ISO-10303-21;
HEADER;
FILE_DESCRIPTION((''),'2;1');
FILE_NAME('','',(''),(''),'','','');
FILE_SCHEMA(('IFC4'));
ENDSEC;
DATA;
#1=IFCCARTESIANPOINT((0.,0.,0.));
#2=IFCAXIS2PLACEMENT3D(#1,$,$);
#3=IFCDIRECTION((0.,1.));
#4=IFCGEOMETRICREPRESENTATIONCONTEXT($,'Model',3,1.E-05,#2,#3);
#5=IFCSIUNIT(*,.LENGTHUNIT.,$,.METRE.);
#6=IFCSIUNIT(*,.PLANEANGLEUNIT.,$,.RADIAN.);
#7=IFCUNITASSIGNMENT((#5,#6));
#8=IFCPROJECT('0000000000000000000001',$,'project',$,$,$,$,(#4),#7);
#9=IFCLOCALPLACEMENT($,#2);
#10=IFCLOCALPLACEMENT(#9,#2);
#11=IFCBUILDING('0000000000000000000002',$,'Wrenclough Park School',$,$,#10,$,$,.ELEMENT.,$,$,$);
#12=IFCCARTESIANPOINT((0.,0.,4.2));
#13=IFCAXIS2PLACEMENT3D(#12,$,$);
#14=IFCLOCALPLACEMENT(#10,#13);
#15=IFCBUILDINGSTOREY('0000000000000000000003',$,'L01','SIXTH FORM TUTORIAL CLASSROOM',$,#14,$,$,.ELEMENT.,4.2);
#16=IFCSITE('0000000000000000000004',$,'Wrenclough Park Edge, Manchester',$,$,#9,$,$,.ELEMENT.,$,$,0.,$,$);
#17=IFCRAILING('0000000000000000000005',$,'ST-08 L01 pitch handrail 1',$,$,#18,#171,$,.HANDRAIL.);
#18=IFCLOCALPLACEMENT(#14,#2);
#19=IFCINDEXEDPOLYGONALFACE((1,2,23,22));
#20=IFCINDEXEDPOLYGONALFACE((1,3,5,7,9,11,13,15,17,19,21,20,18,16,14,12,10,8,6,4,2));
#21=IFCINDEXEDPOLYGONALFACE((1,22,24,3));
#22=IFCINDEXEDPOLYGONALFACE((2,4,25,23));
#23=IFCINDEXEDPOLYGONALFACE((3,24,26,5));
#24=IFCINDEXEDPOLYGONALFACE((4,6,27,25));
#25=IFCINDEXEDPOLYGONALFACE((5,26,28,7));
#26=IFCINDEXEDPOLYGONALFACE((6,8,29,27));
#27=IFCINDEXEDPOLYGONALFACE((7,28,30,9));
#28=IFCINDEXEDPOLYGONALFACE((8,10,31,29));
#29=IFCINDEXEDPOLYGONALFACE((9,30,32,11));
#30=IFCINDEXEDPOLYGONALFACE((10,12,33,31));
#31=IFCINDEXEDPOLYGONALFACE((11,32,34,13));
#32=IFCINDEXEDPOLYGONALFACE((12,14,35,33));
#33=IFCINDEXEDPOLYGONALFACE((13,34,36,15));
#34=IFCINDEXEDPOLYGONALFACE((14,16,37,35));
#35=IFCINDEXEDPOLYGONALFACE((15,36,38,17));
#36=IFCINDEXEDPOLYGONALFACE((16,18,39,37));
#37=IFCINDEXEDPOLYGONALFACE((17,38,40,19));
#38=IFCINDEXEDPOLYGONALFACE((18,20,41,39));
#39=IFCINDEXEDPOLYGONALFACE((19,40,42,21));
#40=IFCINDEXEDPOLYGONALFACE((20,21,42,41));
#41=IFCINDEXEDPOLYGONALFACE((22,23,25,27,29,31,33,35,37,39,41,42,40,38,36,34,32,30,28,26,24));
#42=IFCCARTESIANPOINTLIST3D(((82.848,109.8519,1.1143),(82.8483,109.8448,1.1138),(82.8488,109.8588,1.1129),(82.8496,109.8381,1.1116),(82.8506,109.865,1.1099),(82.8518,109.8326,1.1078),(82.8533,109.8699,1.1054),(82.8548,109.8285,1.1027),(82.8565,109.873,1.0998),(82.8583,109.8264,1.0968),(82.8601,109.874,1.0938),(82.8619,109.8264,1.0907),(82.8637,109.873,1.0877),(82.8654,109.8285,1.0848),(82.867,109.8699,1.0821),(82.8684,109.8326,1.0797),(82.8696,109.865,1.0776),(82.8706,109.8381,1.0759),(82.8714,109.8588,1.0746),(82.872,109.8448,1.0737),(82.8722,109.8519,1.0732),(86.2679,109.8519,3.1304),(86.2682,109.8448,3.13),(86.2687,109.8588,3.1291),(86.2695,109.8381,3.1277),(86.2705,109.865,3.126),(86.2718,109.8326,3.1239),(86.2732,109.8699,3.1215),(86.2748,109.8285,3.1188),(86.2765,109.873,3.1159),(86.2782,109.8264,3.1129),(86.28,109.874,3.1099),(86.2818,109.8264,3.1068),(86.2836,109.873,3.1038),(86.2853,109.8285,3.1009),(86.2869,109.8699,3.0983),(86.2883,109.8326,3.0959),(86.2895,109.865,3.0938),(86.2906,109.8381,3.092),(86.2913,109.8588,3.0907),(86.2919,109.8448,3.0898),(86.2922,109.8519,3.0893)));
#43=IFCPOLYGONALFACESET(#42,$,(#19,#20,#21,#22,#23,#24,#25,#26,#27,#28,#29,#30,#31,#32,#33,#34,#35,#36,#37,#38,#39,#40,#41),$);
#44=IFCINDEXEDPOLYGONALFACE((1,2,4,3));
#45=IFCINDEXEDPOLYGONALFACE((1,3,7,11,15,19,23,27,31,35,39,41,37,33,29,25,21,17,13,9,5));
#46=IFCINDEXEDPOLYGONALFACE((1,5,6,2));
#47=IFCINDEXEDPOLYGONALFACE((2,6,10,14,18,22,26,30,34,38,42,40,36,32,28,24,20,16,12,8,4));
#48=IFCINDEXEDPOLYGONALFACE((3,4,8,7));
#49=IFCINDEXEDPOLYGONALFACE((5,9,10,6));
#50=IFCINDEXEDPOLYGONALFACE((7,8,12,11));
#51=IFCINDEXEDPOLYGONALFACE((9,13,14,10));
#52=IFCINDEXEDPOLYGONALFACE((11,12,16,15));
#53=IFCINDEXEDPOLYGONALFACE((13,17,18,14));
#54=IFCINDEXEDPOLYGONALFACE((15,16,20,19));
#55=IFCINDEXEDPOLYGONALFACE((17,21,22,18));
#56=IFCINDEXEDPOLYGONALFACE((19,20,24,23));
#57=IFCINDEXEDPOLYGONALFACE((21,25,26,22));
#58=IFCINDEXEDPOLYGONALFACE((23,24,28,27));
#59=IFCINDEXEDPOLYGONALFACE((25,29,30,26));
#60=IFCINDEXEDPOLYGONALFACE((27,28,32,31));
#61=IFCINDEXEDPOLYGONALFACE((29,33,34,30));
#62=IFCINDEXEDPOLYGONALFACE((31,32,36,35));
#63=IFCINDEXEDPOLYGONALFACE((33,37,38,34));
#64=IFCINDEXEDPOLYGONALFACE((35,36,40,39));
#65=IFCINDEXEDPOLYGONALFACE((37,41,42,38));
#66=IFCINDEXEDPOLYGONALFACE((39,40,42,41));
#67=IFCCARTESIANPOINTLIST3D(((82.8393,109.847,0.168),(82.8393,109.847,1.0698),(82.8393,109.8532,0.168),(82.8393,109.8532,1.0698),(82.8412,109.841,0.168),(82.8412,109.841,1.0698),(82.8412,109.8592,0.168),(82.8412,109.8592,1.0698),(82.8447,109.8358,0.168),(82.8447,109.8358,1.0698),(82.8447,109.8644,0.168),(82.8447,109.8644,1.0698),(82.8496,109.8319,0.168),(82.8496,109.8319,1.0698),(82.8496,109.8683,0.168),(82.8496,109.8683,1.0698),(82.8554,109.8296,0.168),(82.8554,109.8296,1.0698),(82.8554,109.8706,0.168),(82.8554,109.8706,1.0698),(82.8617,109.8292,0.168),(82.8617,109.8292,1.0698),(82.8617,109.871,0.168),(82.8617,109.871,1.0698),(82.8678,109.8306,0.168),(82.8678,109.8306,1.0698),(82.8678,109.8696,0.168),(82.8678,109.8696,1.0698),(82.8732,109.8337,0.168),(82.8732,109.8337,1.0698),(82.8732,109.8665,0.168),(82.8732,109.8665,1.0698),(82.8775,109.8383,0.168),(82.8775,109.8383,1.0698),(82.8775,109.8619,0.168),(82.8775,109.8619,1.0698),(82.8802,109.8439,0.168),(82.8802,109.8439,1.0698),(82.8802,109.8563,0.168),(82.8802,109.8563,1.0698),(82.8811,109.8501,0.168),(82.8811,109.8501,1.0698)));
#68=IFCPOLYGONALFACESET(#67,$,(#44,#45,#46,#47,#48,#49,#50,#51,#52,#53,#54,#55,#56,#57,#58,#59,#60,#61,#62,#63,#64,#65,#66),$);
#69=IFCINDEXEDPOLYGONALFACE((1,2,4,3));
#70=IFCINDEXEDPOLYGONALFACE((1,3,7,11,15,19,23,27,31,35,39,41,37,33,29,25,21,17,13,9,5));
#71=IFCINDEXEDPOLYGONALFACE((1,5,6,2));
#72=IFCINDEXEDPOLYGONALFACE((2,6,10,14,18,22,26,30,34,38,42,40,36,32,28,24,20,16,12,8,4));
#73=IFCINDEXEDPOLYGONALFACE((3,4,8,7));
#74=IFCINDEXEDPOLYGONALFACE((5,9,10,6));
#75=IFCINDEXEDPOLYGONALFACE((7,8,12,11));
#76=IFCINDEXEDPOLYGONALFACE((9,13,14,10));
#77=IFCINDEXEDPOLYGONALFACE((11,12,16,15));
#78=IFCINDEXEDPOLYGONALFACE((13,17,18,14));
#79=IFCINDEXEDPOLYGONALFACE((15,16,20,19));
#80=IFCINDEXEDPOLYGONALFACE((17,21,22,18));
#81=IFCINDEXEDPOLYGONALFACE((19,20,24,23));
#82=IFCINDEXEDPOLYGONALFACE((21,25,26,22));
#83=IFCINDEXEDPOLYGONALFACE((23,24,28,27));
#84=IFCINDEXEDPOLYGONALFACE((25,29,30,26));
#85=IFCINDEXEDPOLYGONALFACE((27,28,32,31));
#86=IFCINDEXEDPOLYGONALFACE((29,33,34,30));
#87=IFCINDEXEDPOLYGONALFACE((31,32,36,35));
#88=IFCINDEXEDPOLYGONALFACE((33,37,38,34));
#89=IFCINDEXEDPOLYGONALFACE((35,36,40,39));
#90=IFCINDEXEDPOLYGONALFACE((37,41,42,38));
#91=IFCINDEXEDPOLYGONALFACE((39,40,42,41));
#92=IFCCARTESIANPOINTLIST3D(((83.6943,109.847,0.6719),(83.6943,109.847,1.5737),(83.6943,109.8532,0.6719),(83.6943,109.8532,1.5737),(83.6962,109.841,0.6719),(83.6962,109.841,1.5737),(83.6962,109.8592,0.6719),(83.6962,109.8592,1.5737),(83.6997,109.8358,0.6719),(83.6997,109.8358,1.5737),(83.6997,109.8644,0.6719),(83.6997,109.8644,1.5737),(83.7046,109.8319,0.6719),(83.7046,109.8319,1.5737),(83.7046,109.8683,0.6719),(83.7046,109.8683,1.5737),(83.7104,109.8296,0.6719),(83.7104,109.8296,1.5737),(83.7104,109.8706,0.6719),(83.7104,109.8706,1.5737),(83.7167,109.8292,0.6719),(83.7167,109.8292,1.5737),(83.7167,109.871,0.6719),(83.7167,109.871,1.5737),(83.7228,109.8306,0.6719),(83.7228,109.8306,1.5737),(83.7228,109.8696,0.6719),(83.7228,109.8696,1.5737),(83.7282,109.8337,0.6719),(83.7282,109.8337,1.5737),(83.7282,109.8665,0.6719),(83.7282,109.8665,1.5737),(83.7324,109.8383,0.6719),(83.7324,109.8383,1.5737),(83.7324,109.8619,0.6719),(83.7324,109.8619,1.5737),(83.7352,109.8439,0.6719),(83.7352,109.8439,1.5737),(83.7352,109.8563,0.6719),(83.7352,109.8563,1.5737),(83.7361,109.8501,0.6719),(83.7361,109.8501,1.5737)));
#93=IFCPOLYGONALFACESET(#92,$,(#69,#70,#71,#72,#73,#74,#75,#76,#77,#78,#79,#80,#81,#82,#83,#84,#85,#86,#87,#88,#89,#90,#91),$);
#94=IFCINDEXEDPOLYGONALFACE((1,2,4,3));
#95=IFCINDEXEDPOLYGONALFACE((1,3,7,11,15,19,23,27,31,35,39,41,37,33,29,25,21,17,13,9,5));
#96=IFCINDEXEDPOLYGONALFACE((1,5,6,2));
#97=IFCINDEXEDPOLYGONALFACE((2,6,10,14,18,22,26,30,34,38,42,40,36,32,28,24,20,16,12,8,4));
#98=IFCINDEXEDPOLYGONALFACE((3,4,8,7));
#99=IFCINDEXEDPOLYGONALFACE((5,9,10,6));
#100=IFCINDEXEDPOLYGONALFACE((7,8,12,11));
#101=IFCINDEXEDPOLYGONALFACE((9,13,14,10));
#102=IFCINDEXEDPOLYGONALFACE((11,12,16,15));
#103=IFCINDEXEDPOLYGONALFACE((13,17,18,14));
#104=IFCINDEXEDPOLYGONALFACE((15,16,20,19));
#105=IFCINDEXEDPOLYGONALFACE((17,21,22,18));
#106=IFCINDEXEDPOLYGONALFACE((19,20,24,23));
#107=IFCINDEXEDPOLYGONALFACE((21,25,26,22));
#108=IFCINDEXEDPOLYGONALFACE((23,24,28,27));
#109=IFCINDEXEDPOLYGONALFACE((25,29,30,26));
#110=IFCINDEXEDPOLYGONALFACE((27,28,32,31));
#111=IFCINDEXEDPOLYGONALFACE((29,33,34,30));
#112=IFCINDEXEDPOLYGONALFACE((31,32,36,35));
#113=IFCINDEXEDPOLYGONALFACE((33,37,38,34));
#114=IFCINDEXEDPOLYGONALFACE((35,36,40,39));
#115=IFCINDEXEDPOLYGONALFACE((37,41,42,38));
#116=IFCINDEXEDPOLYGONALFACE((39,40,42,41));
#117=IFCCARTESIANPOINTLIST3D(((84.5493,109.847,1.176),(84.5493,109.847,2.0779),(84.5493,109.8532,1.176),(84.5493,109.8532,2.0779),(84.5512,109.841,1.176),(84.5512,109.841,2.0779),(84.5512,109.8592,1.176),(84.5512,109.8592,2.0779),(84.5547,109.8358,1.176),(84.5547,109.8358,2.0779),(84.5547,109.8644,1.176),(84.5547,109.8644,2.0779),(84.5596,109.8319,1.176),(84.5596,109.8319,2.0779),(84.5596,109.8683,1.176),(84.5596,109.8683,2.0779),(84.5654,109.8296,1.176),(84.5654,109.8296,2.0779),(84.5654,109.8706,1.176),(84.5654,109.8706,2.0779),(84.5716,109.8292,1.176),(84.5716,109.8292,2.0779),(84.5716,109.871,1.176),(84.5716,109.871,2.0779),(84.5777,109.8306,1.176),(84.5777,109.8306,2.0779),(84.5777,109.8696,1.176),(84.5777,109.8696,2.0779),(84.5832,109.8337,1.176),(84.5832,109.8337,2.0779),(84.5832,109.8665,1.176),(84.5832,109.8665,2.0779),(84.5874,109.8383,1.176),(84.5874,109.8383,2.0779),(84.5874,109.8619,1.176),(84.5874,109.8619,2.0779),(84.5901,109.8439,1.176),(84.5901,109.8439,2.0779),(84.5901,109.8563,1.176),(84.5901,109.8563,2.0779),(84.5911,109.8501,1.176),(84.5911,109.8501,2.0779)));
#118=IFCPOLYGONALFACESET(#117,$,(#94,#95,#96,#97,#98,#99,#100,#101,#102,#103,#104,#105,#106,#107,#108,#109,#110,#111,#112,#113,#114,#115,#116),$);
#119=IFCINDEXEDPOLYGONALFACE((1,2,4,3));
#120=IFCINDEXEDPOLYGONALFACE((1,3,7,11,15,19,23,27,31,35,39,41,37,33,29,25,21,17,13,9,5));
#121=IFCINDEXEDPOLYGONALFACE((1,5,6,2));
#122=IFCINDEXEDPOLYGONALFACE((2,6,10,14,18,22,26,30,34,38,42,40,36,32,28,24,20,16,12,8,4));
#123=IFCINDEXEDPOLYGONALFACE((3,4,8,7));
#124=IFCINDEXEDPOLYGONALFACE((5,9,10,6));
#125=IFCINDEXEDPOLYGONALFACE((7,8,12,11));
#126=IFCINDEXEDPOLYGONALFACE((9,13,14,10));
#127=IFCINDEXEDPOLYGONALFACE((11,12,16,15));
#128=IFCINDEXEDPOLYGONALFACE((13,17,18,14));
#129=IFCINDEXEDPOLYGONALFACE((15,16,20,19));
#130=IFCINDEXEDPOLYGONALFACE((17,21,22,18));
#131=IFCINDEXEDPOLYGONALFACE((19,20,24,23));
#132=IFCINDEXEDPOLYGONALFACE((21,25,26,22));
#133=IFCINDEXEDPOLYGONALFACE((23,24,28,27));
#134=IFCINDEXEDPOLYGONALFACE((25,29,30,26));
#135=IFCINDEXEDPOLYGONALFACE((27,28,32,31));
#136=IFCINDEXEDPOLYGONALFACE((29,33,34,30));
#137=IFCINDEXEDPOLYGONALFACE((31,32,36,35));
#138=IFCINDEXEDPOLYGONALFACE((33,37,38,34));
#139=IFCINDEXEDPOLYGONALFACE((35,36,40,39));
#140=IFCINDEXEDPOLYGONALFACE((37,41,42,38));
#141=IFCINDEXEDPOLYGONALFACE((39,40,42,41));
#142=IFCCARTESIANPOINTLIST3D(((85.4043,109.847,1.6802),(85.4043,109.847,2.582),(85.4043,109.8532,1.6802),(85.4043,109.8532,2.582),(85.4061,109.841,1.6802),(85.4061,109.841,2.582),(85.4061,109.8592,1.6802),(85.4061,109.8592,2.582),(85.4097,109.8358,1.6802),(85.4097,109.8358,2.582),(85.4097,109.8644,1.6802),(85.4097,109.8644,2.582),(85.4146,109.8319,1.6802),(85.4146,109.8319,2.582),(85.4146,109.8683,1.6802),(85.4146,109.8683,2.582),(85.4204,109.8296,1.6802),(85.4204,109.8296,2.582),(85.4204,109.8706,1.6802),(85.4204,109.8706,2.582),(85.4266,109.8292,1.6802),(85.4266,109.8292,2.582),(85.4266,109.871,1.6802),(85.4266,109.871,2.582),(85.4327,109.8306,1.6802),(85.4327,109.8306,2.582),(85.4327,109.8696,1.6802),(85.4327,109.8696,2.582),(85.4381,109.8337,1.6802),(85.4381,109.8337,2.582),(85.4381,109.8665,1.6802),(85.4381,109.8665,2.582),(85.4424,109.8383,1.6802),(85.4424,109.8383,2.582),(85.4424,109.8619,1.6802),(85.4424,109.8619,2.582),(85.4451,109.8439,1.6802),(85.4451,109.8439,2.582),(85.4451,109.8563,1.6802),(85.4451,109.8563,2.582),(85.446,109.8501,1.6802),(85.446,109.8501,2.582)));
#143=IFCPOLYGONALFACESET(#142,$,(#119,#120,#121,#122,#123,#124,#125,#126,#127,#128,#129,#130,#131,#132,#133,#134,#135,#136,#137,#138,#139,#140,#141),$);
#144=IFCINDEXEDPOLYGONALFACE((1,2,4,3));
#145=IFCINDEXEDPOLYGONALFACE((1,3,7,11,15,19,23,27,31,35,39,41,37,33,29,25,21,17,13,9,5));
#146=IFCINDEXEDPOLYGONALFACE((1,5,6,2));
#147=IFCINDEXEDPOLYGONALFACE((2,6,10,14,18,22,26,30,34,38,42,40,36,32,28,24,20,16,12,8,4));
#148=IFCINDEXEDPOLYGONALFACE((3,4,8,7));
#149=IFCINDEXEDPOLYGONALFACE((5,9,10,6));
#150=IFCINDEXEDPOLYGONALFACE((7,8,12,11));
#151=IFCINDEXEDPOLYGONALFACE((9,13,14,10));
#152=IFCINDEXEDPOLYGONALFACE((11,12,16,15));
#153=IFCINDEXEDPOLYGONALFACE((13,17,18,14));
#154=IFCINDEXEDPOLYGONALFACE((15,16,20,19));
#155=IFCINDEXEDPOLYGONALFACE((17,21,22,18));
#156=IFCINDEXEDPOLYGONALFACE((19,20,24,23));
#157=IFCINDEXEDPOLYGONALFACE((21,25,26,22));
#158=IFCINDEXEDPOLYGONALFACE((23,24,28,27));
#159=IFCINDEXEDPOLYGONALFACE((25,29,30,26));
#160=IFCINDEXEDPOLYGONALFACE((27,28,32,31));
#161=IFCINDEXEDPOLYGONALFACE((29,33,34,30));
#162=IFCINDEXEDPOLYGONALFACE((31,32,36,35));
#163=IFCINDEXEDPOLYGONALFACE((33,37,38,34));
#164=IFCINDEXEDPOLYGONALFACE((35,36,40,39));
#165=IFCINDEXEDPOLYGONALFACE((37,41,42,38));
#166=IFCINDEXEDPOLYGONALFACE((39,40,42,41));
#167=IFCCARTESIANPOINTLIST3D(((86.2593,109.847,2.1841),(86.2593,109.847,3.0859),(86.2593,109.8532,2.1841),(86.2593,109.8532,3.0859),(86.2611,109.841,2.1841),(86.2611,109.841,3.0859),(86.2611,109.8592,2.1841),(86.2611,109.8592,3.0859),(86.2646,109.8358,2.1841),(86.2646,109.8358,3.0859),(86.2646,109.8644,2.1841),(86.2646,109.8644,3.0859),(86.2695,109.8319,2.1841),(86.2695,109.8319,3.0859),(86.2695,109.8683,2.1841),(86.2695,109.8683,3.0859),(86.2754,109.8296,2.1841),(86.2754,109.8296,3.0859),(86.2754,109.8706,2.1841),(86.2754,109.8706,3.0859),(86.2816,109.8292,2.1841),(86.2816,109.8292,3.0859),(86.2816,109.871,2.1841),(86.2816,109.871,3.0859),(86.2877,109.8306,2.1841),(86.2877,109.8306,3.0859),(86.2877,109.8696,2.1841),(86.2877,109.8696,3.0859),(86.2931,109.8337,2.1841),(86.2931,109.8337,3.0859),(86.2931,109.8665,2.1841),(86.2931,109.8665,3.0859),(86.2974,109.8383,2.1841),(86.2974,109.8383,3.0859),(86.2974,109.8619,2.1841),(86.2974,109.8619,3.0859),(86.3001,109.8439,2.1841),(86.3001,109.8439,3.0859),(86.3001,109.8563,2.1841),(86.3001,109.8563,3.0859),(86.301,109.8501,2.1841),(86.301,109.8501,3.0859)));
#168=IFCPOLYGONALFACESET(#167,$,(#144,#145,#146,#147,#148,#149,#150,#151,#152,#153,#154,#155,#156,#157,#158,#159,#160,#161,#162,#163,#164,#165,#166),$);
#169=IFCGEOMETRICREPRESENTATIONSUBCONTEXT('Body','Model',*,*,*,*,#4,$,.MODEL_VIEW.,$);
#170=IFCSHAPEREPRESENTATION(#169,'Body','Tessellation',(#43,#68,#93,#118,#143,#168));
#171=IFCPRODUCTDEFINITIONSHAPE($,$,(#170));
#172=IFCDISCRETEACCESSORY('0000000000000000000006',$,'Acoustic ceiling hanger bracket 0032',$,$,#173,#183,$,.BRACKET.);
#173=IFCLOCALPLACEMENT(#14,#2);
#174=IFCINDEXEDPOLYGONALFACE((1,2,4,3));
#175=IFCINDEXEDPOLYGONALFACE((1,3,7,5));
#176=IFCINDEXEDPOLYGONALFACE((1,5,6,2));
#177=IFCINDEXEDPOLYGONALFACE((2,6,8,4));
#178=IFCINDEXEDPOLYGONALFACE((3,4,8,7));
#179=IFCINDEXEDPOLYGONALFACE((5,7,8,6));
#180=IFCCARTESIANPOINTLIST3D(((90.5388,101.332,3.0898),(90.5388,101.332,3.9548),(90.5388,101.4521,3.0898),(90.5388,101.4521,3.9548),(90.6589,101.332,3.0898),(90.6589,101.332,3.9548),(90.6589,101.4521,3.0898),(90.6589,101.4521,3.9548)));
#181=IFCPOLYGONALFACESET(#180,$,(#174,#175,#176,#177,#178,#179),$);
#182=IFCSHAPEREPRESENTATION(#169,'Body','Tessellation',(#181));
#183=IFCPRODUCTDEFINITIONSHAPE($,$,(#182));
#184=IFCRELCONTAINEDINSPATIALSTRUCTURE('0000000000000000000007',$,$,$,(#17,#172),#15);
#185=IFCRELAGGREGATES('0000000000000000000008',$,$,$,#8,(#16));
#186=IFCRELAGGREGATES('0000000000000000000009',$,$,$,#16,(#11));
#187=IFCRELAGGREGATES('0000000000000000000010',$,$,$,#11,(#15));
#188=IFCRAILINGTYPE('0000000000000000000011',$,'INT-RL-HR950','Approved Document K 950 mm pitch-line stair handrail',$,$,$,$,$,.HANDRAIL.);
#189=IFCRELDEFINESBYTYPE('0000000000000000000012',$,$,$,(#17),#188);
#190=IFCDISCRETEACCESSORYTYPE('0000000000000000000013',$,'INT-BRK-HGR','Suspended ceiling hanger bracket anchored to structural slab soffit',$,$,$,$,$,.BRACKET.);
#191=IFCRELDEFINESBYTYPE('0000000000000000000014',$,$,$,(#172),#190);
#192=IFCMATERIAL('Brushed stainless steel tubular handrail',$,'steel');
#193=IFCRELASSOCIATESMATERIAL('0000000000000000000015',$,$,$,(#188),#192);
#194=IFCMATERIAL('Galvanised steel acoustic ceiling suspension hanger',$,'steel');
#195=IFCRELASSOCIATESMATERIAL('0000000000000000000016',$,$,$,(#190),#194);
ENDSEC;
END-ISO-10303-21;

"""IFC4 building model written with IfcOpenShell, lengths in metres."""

from ifc_helpers import new_model, si_unit, direction, frame, origin, origin_2d, place, context, subcontext, project, spatial, rectangle, circle, extrude, material, type_object, element, save


model = new_model("IFC4")

# Units and contexts
model_context = context("Model", 3, precision=1e-05, world=origin(), true_north=direction((0.0, 1.0)))
body_context = subcontext(model_context, "Body", "Model", "MODEL_VIEW")
ifc_project = project(units=[si_unit("LENGTHUNIT", "METRE"), si_unit("PLANEANGLEUNIT", "RADIAN")], contexts=[model_context])

# Site, building, storey
site_placement = place(None, origin())
site = spatial("IfcSite", under=ifc_project, at=site_placement, Name="Wrenclough Park Edge, Manchester", CompositionType="ELEMENT", RefElevation=0.0)
building_placement = place(site_placement, origin())
building = spatial("IfcBuilding", under=site, at=building_placement, Name="Wrenclough Park School", CompositionType="ELEMENT")
storey_placement = place(building_placement, frame((0.0, 0.0, 4.2)))
storey = spatial("IfcBuildingStorey", under=building, at=storey_placement, Name="L01", Description="SIXTH FORM TUTORIAL CLASSROOM", CompositionType="ELEMENT", Elevation=4.2)

# Railing
ifc_material_1 = material(Name="Brushed stainless steel tubular handrail", Category="steel")
railing_type_1 = type_object("IfcRailingType", Name="INT-RL-HR950", Description="Approved Document K 950 mm pitch-line stair handrail", PredefinedType="HANDRAIL", material=ifc_material_1)
railing_1_placement = place(storey_placement, frame((82.8601, 109.8501, 0.168)))
element("IfcRailing", 1, at=railing_1_placement, inside=storey, type_object=railing_type_1, Name="ST-08 L01 pitch handrail 1", PredefinedType="HANDRAIL", context=body_context, shape_type="SweptSolid", body=[
    extrude(circle(Radius=0.0239, at=origin_2d()), frame((0.0, 0.0, 0.9258), z_axis=(0.86145, 0.0, 0.507842), x_axis=(0.0, 1.0, 0.0)), (0.0, 0.0, 1.0), 3.97),
    extrude(circle(Radius=0.021, at=origin_2d()), origin(), (0.0, 0.0, 1.0), 0.9019),
    extrude(circle(Radius=0.021, at=origin_2d()), frame((0.855, 0.0, 0.5039)), (0.0, 0.0, 1.0), 0.9019),
    extrude(circle(Radius=0.021, at=origin_2d()), frame((1.71, 0.0, 1.0081)), (0.0, 0.0, 1.0), 0.9019),
    extrude(circle(Radius=0.021, at=origin_2d()), frame((2.5649, 0.0, 1.5122)), (0.0, 0.0, 1.0), 0.9019),
    extrude(circle(Radius=0.021, at=origin_2d()), frame((3.4199, 0.0, 2.0161)), (0.0, 0.0, 1.0), 0.9019),
])

# Discrete accessory
ifc_material_2 = material(Name="Galvanised steel acoustic ceiling suspension hanger", Category="steel")
discrete_accessory_type = type_object("IfcDiscreteAccessoryType", Name="INT-BRK-HGR", Description="Suspended ceiling hanger bracket anchored to structural slab soffit", PredefinedType="BRACKET", material=ifc_material_2)
discrete_accessory_placement = place(storey_placement, frame((90.5989, 101.3921, 3.0898), z_axis=(0.0, 0.0, 1.0), x_axis=(1.0, 0.0, 0.0)))
element("IfcDiscreteAccessory", 2, at=discrete_accessory_placement, inside=storey, type_object=discrete_accessory_type, Name="Acoustic ceiling hanger bracket 0032", PredefinedType="BRACKET", context=body_context, shape_type="SweptSolid", body=[
    extrude(rectangle(XDim=0.1201, YDim=0.1201, at=origin_2d()), origin(), (0.0, 0.0, 1.0), 0.865),
])

save(model, "model.ifc")
